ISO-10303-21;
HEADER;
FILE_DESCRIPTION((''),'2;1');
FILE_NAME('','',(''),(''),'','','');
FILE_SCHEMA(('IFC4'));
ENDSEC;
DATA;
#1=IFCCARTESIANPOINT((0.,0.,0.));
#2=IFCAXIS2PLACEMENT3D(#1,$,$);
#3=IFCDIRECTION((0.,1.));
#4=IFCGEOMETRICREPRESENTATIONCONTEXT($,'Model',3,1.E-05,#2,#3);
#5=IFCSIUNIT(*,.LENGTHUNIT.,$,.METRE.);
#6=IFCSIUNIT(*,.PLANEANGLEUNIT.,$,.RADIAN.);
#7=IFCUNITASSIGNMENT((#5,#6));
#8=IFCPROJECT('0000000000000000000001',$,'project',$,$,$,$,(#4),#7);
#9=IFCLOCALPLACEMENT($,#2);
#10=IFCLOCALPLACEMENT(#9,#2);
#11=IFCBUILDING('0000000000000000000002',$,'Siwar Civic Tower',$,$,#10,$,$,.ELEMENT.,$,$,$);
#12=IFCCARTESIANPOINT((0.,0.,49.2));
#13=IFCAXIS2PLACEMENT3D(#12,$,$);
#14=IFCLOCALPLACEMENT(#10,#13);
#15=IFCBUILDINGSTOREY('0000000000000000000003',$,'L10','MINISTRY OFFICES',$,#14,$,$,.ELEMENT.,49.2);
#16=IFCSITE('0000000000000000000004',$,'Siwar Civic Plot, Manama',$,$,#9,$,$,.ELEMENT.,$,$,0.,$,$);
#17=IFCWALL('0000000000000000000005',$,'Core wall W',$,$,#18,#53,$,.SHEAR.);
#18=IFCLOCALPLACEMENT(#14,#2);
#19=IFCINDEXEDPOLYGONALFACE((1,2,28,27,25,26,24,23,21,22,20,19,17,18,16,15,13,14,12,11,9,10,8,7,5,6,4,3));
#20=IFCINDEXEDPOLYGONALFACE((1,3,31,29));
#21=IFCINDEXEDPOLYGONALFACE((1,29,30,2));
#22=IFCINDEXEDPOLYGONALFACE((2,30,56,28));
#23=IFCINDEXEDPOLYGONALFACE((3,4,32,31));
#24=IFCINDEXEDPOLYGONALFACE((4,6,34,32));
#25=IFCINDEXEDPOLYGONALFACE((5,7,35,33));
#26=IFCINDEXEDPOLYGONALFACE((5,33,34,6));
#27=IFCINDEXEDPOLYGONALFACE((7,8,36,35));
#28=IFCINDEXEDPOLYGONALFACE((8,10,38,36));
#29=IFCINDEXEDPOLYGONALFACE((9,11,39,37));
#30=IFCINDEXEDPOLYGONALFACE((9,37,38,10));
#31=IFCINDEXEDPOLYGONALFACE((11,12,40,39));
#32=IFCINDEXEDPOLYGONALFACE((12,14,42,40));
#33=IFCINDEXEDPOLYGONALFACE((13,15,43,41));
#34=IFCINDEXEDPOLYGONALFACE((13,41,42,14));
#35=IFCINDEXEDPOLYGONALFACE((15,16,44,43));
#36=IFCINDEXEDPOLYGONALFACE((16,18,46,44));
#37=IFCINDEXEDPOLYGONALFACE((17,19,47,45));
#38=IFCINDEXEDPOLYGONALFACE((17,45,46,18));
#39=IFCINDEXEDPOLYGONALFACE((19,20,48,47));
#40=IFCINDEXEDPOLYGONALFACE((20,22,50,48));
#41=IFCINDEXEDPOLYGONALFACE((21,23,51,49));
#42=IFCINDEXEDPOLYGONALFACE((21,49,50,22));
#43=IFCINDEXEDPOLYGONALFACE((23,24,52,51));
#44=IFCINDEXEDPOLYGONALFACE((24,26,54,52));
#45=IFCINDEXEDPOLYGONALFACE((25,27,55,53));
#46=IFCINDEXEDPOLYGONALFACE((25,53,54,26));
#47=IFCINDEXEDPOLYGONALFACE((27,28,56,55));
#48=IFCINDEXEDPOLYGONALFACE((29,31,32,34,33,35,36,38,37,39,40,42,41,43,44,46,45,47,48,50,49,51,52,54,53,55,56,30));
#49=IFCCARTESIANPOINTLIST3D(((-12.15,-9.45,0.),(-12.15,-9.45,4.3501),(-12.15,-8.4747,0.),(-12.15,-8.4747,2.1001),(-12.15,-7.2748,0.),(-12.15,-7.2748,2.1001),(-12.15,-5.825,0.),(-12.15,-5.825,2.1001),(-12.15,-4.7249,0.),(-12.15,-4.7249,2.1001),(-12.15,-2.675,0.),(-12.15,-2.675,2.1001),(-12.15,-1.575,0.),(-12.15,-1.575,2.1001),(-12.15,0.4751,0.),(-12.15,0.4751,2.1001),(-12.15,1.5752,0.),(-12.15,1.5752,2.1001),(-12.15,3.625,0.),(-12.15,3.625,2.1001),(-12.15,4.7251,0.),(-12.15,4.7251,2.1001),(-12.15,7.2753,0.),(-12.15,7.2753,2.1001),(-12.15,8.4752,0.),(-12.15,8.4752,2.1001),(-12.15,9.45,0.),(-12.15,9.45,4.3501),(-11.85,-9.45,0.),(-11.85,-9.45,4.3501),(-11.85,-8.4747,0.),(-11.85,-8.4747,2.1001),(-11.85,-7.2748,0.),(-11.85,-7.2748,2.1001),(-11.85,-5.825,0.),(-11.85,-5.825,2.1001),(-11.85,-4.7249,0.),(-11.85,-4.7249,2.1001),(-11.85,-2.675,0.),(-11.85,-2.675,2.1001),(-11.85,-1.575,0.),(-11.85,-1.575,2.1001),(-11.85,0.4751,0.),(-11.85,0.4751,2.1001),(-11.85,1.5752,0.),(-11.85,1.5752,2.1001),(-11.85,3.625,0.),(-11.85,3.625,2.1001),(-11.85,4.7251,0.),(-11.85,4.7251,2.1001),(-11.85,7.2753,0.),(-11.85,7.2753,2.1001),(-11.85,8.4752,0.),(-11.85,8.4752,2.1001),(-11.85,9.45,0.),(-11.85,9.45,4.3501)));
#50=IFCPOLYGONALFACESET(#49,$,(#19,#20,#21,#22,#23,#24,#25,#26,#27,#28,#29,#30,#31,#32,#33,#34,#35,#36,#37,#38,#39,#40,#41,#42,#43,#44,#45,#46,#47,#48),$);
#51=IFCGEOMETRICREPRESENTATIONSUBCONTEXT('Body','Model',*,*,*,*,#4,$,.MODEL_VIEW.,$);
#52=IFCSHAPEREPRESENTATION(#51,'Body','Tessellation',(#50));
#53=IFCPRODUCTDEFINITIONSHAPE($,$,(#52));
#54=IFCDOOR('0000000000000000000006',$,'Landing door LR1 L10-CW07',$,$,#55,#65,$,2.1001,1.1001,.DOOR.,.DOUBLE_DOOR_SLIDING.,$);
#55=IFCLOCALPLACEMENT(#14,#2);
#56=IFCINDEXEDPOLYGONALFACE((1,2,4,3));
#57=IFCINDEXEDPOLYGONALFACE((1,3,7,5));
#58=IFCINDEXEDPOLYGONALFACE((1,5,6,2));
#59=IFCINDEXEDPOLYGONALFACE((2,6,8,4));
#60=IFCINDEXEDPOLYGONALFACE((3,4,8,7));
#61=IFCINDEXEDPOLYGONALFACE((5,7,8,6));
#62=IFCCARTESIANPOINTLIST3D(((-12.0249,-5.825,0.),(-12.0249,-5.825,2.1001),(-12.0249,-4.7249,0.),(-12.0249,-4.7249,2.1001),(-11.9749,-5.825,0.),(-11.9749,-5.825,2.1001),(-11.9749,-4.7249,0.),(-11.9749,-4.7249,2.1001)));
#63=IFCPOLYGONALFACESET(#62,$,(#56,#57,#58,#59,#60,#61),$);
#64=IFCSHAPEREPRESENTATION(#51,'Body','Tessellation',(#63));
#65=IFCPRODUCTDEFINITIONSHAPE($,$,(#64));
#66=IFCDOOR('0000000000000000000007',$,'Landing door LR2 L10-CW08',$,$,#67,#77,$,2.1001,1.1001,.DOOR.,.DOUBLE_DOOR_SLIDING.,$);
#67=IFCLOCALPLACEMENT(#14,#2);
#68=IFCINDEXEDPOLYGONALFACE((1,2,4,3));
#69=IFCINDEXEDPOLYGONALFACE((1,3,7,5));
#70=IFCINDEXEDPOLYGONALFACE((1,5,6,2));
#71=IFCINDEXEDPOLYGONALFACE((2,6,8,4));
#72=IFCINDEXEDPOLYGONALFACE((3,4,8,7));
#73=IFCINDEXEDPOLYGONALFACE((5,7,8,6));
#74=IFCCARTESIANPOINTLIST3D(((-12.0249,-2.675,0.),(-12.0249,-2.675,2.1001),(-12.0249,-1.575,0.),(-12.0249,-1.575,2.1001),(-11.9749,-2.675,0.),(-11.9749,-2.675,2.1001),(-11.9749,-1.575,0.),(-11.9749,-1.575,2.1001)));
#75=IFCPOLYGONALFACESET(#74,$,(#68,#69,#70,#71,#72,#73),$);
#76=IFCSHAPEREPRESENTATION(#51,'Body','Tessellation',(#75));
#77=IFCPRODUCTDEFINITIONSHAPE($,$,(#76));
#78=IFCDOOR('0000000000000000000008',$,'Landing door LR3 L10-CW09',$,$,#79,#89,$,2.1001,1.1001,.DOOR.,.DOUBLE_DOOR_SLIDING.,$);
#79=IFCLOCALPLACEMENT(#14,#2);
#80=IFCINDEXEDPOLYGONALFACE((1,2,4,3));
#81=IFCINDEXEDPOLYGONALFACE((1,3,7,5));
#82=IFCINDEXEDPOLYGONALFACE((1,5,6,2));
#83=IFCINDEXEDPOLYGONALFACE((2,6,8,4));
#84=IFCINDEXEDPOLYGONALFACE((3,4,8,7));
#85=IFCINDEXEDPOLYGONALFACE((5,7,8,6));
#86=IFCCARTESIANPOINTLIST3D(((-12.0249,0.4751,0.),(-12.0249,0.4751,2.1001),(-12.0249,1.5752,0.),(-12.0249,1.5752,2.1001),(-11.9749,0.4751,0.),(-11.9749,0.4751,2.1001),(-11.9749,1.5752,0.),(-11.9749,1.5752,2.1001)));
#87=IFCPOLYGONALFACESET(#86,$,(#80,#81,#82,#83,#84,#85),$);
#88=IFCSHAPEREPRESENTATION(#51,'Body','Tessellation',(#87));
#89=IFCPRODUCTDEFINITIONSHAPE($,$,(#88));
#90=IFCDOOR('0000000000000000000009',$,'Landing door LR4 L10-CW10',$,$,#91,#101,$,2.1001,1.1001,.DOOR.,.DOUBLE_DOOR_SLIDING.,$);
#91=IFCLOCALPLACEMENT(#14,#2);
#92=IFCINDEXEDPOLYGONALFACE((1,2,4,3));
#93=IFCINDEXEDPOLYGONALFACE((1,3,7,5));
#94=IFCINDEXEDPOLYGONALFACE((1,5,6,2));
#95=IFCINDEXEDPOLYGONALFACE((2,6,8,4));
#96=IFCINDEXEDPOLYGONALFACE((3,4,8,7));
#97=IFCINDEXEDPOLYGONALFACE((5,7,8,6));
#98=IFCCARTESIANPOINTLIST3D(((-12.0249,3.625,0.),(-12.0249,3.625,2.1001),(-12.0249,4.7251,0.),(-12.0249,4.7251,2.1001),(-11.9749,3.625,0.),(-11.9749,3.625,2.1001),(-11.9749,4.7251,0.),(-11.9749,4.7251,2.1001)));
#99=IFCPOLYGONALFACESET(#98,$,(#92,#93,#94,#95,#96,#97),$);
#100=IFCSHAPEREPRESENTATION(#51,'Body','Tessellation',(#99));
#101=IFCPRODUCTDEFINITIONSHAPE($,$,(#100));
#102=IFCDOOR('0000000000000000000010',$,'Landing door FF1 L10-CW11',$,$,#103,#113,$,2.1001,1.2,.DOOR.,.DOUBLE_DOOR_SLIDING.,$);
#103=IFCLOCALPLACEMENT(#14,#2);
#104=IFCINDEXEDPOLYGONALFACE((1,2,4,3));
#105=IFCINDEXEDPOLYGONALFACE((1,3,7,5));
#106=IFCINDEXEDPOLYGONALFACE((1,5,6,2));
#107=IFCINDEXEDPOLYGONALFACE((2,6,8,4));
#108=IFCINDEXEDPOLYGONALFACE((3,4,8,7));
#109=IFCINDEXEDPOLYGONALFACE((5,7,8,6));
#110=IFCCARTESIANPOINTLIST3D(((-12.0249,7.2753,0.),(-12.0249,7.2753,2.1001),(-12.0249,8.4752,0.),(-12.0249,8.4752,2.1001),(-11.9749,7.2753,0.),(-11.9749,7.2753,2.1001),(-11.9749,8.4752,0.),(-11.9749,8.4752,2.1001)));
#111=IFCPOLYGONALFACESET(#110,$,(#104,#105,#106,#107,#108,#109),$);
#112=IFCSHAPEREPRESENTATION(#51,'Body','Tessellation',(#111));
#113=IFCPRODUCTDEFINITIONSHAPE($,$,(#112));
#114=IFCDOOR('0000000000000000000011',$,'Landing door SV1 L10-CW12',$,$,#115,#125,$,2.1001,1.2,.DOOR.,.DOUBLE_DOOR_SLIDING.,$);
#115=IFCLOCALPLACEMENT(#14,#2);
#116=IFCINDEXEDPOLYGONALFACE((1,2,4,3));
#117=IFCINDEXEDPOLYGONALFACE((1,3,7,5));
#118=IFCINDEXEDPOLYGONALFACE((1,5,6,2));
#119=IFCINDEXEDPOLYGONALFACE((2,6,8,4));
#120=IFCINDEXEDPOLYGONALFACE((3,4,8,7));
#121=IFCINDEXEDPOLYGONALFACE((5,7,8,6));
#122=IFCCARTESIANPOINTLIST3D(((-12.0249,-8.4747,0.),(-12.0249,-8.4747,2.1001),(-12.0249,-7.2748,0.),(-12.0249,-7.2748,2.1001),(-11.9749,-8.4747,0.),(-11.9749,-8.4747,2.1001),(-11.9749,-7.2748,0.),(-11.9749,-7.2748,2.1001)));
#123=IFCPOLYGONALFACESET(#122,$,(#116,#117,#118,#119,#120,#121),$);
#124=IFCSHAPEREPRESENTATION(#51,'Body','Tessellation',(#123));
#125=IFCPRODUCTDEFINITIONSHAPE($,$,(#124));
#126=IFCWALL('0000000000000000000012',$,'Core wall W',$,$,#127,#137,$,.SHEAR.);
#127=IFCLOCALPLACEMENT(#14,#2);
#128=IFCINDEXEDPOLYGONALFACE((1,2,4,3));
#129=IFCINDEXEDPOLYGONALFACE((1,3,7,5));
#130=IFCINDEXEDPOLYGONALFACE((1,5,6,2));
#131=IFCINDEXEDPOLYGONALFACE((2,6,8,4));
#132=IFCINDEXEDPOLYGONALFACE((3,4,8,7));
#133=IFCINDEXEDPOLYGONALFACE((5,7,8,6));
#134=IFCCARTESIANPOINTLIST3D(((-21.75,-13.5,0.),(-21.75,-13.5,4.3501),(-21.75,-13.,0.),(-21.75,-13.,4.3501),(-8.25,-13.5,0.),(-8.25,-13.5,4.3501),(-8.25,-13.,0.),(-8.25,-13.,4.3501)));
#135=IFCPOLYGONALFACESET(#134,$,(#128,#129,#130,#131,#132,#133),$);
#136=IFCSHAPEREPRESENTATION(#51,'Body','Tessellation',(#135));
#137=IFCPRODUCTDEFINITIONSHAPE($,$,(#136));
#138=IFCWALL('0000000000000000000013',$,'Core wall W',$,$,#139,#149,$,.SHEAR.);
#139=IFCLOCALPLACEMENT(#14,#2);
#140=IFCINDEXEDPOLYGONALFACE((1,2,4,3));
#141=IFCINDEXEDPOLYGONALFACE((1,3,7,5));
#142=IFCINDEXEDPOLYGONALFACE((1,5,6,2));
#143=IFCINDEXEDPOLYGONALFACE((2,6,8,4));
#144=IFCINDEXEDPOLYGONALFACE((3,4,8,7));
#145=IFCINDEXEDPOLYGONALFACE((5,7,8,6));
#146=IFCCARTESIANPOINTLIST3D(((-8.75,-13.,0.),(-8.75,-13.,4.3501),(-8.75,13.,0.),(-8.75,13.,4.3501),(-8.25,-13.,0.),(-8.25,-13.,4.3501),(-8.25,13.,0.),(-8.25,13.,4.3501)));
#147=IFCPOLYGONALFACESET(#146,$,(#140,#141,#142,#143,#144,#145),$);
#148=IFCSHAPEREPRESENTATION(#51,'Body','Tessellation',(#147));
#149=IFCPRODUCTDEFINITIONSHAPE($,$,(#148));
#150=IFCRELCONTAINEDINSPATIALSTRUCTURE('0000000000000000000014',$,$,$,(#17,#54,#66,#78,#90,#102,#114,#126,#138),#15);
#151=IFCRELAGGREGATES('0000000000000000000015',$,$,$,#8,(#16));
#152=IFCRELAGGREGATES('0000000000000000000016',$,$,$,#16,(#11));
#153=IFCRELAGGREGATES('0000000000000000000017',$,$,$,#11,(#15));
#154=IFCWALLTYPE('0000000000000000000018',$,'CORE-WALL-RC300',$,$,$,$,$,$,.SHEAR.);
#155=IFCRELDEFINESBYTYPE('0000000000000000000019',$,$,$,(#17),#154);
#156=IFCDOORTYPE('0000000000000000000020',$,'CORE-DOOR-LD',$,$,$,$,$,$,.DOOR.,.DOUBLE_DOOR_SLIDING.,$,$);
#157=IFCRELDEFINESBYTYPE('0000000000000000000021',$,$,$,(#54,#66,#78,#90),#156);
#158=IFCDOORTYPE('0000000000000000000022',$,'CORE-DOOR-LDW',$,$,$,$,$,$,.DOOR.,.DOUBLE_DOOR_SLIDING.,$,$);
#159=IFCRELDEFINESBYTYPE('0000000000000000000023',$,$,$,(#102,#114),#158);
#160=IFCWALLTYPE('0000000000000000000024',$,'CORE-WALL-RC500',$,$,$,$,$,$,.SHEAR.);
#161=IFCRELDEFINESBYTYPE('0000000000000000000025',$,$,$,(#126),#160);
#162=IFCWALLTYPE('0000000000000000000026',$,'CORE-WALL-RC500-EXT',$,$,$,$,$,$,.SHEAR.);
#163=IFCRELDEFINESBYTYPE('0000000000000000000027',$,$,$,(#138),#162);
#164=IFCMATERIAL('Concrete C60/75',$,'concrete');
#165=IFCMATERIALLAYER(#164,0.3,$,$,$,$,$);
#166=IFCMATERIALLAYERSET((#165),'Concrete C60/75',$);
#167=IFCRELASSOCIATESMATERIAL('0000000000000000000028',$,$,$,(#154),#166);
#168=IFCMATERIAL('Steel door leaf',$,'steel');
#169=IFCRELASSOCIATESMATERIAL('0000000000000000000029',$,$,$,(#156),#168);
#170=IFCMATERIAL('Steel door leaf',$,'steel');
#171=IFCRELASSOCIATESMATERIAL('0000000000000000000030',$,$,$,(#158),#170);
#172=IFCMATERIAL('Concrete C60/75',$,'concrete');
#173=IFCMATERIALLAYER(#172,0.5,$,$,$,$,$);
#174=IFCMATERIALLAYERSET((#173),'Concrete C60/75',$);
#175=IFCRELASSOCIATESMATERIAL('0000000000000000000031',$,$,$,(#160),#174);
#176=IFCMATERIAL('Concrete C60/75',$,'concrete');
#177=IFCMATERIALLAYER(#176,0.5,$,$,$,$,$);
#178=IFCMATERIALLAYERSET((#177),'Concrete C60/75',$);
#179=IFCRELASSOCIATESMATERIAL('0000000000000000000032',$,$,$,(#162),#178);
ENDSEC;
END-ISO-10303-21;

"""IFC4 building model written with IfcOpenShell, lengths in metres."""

from ifc_helpers import new_model, si_unit, direction, frame, frame_2d, origin, place, context, subcontext, project, spatial, rectangle, extrude, material, layer, layer_set, type_object, element, fill, save


model = new_model("IFC4")

# Units and contexts
model_context = context("Model", 3, precision=1e-05, world=origin(), true_north=direction((0.0, 1.0)))
body_context = subcontext(model_context, "Body", "Model", "MODEL_VIEW")
ifc_project = project(units=[si_unit("LENGTHUNIT", "METRE"), si_unit("PLANEANGLEUNIT", "RADIAN")], contexts=[model_context])

# Site, building, storey
site_placement = place(None, origin())
site = spatial("IfcSite", under=ifc_project, at=site_placement, Name="Siwar Civic Plot, Manama", CompositionType="ELEMENT", RefElevation=0.0)
building_placement = place(site_placement, origin())
building = spatial("IfcBuilding", under=site, at=building_placement, Name="Siwar Civic Tower", CompositionType="ELEMENT")
storey_placement = place(building_placement, frame((0.0, 0.0, 49.2)))
storey = spatial("IfcBuildingStorey", under=building, at=storey_placement, Name="L10", Description="MINISTRY OFFICES", CompositionType="ELEMENT", Elevation=49.2)

# Wall, openings, doors
ifc_material_1 = material(Name="Concrete C60/75", Category="concrete")
ifc_layer_1 = layer(ifc_material_1, 0.3)
ifc_layer_set_1 = layer_set([ifc_layer_1], Name="Concrete C60/75")
wall_type_1 = type_object("IfcWallType", Name="CORE-WALL-RC300", PredefinedType="SHEAR", material=ifc_layer_set_1)
wall_1_placement = place(storey_placement, frame((-12.0, -9.45, 0.0), z_axis=(0.0, 0.0, 1.0), x_axis=(0.0, 1.0, 0.0)))
wall_1 = element("IfcWall", 1, at=wall_1_placement, inside=storey, type_object=wall_type_1, Name="Core wall W", PredefinedType="SHEAR", context=body_context, shape_type="SweptSolid", body=[
    extrude(rectangle(XDim=18.8999, YDim=0.3, at=frame_2d((9.45, 0.0))), origin(), (0.0, 0.0, 1.0), 4.3501),
])
opening_1_placement = place(wall_1_placement, frame((3.625, 0.0, 0.0)))
opening_1 = element("IfcOpeningElement", 2, at=opening_1_placement, cuts=wall_1, PredefinedType="OPENING", context=body_context, shape_type="SweptSolid", body=[
    extrude(rectangle(XDim=1.1001, YDim=2.1001, at=frame_2d((0.55, 1.05))), frame((0.0, 0.1602, 0.0), z_axis=(0.0, -1.0, 0.0), x_axis=(1.0, 0.0, 0.0)), (0.0, 0.0, 1.0), 0.3201),
])
opening_2_placement = place(wall_1_placement, frame((6.7749, 0.0, 0.0)))
opening_2 = element("IfcOpeningElement", 3, at=opening_2_placement, cuts=wall_1, PredefinedType="OPENING", context=body_context, shape_type="SweptSolid", body=[
    extrude(rectangle(XDim=1.1001, YDim=2.1001, at=frame_2d((0.55, 1.05))), frame((0.0, 0.1602, 0.0), z_axis=(0.0, -1.0, 0.0), x_axis=(1.0, 0.0, 0.0)), (0.0, 0.0, 1.0), 0.3201),
])
opening_3_placement = place(wall_1_placement, frame((9.925, 0.0, 0.0)))
opening_3 = element("IfcOpeningElement", 4, at=opening_3_placement, cuts=wall_1, PredefinedType="OPENING", context=body_context, shape_type="SweptSolid", body=[
    extrude(rectangle(XDim=1.1001, YDim=2.1001, at=frame_2d((0.55, 1.05))), frame((0.0, 0.1602, 0.0), z_axis=(0.0, -1.0, 0.0), x_axis=(1.0, 0.0, 0.0)), (0.0, 0.0, 1.0), 0.3201),
])
opening_4_placement = place(wall_1_placement, frame((13.075, 0.0, 0.0)))
opening_4 = element("IfcOpeningElement", 5, at=opening_4_placement, cuts=wall_1, PredefinedType="OPENING", context=body_context, shape_type="SweptSolid", body=[
    extrude(rectangle(XDim=1.1001, YDim=2.1001, at=frame_2d((0.55, 1.05))), frame((0.0, 0.1602, 0.0), z_axis=(0.0, -1.0, 0.0), x_axis=(1.0, 0.0, 0.0)), (0.0, 0.0, 1.0), 0.3201),
])
opening_5_placement = place(wall_1_placement, frame((16.7251, 0.0, 0.0)))
opening_5 = element("IfcOpeningElement", 6, at=opening_5_placement, cuts=wall_1, PredefinedType="OPENING", context=body_context, shape_type="SweptSolid", body=[
    extrude(rectangle(XDim=1.2, YDim=2.1001, at=frame_2d((0.6001, 1.05))), frame((0.0, 0.1602, 0.0), z_axis=(0.0, -1.0, 0.0), x_axis=(1.0, 0.0, 0.0)), (0.0, 0.0, 1.0), 0.3201),
])
opening_6_placement = place(wall_1_placement, frame((0.9751, 0.0, 0.0)))
opening_6 = element("IfcOpeningElement", 7, at=opening_6_placement, cuts=wall_1, PredefinedType="OPENING", context=body_context, shape_type="SweptSolid", body=[
    extrude(rectangle(XDim=1.2, YDim=2.1001, at=frame_2d((0.6001, 1.05))), frame((0.0, 0.1602, 0.0), z_axis=(0.0, -1.0, 0.0), x_axis=(1.0, 0.0, 0.0)), (0.0, 0.0, 1.0), 0.3201),
])
ifc_material_2 = material(Name="Steel door leaf", Category="steel")
door_type_1 = type_object("IfcDoorType", Name="CORE-DOOR-LD", OperationType="DOUBLE_DOOR_SLIDING", PredefinedType="DOOR", material=ifc_material_2)
door_1_placement = place(opening_1_placement, origin())
door_1 = element("IfcDoor", 8, at=door_1_placement, inside=storey, type_object=door_type_1, Name="Landing door LR1 L10-CW07", OperationType="DOUBLE_DOOR_SLIDING", OverallHeight=2.1001, OverallWidth=1.1001, PredefinedType="DOOR", context=body_context, shape_type="SweptSolid", body=[
    extrude(rectangle(XDim=1.1001, YDim=2.1001, at=frame_2d((0.55, 1.05))), frame((0.0, 0.0249, 0.0), z_axis=(0.0, -1.0, 0.0), x_axis=(1.0, 0.0, 0.0)), (0.0, 0.0, 1.0), 0.05),
])
fill(opening_1, door_1)
door_2_placement = place(opening_2_placement, origin())
door_2 = element("IfcDoor", 9, at=door_2_placement, inside=storey, type_object=door_type_1, Name="Landing door LR2 L10-CW08", OperationType="DOUBLE_DOOR_SLIDING", OverallHeight=2.1001, OverallWidth=1.1001, PredefinedType="DOOR", context=body_context, shape_type="SweptSolid", body=[
    extrude(rectangle(XDim=1.1001, YDim=2.1001, at=frame_2d((0.55, 1.05))), frame((0.0, 0.0249, 0.0), z_axis=(0.0, -1.0, 0.0), x_axis=(1.0, 0.0, 0.0)), (0.0, 0.0, 1.0), 0.05),
])
fill(opening_2, door_2)
door_3_placement = place(opening_3_placement, origin())
door_3 = element("IfcDoor", 10, at=door_3_placement, inside=storey, type_object=door_type_1, Name="Landing door LR3 L10-CW09", OperationType="DOUBLE_DOOR_SLIDING", OverallHeight=2.1001, OverallWidth=1.1001, PredefinedType="DOOR", context=body_context, shape_type="SweptSolid", body=[
    extrude(rectangle(XDim=1.1001, YDim=2.1001, at=frame_2d((0.55, 1.05))), frame((0.0, 0.0249, 0.0), z_axis=(0.0, -1.0, 0.0), x_axis=(1.0, 0.0, 0.0)), (0.0, 0.0, 1.0), 0.05),
])
fill(opening_3, door_3)
door_4_placement = place(opening_4_placement, origin())
door_4 = element("IfcDoor", 11, at=door_4_placement, inside=storey, type_object=door_type_1, Name="Landing door LR4 L10-CW10", OperationType="DOUBLE_DOOR_SLIDING", OverallHeight=2.1001, OverallWidth=1.1001, PredefinedType="DOOR", context=body_context, shape_type="SweptSolid", body=[
    extrude(rectangle(XDim=1.1001, YDim=2.1001, at=frame_2d((0.55, 1.05))), frame((0.0, 0.0249, 0.0), z_axis=(0.0, -1.0, 0.0), x_axis=(1.0, 0.0, 0.0)), (0.0, 0.0, 1.0), 0.05),
])
fill(opening_4, door_4)
ifc_material_3 = material(Name="Steel door leaf", Category="steel")
door_type_2 = type_object("IfcDoorType", Name="CORE-DOOR-LDW", OperationType="DOUBLE_DOOR_SLIDING", PredefinedType="DOOR", material=ifc_material_3)
door_5_placement = place(opening_5_placement, origin())
door_5 = element("IfcDoor", 12, at=door_5_placement, inside=storey, type_object=door_type_2, Name="Landing door FF1 L10-CW11", OperationType="DOUBLE_DOOR_SLIDING", OverallHeight=2.1001, OverallWidth=1.2, PredefinedType="DOOR", context=body_context, shape_type="SweptSolid", body=[
    extrude(rectangle(XDim=1.2, YDim=2.1001, at=frame_2d((0.6001, 1.05))), frame((0.0, 0.0249, 0.0), z_axis=(0.0, -1.0, 0.0), x_axis=(1.0, 0.0, 0.0)), (0.0, 0.0, 1.0), 0.05),
])
fill(opening_5, door_5)
door_6_placement = place(opening_6_placement, origin())
door_6 = element("IfcDoor", 13, at=door_6_placement, inside=storey, type_object=door_type_2, Name="Landing door SV1 L10-CW12", OperationType="DOUBLE_DOOR_SLIDING", OverallHeight=2.1001, OverallWidth=1.2, PredefinedType="DOOR", context=body_context, shape_type="SweptSolid", body=[
    extrude(rectangle(XDim=1.2, YDim=2.1001, at=frame_2d((0.6001, 1.05))), frame((0.0, 0.0249, 0.0), z_axis=(0.0, -1.0, 0.0), x_axis=(1.0, 0.0, 0.0)), (0.0, 0.0, 1.0), 0.05),
])
fill(opening_6, door_6)

# Walls
ifc_material_4 = material(Name="Concrete C60/75", Category="concrete")
ifc_layer_2 = layer(ifc_material_4, 0.5)
ifc_layer_set_2 = layer_set([ifc_layer_2], Name="Concrete C60/75")
wall_type_2 = type_object("IfcWallType", Name="CORE-WALL-RC500", PredefinedType="SHEAR", material=ifc_layer_set_2)
wall_2_placement = place(storey_placement, frame((-8.25, -13.25, 0.0), z_axis=(0.0, 0.0, 1.0), x_axis=(-1.0, 0.0, 0.0)))
element("IfcWall", 14, at=wall_2_placement, inside=storey, type_object=wall_type_2, Name="Core wall W", PredefinedType="SHEAR", context=body_context, shape_type="SweptSolid", body=[
    extrude(rectangle(XDim=13.5, YDim=0.5, at=frame_2d((6.75, 0.0))), origin(), (0.0, 0.0, 1.0), 4.3501),
])
ifc_material_5 = material(Name="Concrete C60/75", Category="concrete")
ifc_layer_3 = layer(ifc_material_5, 0.5)
ifc_layer_set_3 = layer_set([ifc_layer_3], Name="Concrete C60/75")
wall_type_3 = type_object("IfcWallType", Name="CORE-WALL-RC500-EXT", PredefinedType="SHEAR", material=ifc_layer_set_3)
wall_3_placement = place(storey_placement, frame((-8.5, -13.0, 0.0), z_axis=(0.0, 0.0, 1.0), x_axis=(0.0, 1.0, 0.0)))
element("IfcWall", 15, at=wall_3_placement, inside=storey, type_object=wall_type_3, Name="Core wall W", PredefinedType="SHEAR", context=body_context, shape_type="SweptSolid", body=[
    extrude(rectangle(XDim=26.0, YDim=0.5, at=frame_2d((13.0, 0.0))), origin(), (0.0, 0.0, 1.0), 4.3501),
])

save(model, "model.ifc")
